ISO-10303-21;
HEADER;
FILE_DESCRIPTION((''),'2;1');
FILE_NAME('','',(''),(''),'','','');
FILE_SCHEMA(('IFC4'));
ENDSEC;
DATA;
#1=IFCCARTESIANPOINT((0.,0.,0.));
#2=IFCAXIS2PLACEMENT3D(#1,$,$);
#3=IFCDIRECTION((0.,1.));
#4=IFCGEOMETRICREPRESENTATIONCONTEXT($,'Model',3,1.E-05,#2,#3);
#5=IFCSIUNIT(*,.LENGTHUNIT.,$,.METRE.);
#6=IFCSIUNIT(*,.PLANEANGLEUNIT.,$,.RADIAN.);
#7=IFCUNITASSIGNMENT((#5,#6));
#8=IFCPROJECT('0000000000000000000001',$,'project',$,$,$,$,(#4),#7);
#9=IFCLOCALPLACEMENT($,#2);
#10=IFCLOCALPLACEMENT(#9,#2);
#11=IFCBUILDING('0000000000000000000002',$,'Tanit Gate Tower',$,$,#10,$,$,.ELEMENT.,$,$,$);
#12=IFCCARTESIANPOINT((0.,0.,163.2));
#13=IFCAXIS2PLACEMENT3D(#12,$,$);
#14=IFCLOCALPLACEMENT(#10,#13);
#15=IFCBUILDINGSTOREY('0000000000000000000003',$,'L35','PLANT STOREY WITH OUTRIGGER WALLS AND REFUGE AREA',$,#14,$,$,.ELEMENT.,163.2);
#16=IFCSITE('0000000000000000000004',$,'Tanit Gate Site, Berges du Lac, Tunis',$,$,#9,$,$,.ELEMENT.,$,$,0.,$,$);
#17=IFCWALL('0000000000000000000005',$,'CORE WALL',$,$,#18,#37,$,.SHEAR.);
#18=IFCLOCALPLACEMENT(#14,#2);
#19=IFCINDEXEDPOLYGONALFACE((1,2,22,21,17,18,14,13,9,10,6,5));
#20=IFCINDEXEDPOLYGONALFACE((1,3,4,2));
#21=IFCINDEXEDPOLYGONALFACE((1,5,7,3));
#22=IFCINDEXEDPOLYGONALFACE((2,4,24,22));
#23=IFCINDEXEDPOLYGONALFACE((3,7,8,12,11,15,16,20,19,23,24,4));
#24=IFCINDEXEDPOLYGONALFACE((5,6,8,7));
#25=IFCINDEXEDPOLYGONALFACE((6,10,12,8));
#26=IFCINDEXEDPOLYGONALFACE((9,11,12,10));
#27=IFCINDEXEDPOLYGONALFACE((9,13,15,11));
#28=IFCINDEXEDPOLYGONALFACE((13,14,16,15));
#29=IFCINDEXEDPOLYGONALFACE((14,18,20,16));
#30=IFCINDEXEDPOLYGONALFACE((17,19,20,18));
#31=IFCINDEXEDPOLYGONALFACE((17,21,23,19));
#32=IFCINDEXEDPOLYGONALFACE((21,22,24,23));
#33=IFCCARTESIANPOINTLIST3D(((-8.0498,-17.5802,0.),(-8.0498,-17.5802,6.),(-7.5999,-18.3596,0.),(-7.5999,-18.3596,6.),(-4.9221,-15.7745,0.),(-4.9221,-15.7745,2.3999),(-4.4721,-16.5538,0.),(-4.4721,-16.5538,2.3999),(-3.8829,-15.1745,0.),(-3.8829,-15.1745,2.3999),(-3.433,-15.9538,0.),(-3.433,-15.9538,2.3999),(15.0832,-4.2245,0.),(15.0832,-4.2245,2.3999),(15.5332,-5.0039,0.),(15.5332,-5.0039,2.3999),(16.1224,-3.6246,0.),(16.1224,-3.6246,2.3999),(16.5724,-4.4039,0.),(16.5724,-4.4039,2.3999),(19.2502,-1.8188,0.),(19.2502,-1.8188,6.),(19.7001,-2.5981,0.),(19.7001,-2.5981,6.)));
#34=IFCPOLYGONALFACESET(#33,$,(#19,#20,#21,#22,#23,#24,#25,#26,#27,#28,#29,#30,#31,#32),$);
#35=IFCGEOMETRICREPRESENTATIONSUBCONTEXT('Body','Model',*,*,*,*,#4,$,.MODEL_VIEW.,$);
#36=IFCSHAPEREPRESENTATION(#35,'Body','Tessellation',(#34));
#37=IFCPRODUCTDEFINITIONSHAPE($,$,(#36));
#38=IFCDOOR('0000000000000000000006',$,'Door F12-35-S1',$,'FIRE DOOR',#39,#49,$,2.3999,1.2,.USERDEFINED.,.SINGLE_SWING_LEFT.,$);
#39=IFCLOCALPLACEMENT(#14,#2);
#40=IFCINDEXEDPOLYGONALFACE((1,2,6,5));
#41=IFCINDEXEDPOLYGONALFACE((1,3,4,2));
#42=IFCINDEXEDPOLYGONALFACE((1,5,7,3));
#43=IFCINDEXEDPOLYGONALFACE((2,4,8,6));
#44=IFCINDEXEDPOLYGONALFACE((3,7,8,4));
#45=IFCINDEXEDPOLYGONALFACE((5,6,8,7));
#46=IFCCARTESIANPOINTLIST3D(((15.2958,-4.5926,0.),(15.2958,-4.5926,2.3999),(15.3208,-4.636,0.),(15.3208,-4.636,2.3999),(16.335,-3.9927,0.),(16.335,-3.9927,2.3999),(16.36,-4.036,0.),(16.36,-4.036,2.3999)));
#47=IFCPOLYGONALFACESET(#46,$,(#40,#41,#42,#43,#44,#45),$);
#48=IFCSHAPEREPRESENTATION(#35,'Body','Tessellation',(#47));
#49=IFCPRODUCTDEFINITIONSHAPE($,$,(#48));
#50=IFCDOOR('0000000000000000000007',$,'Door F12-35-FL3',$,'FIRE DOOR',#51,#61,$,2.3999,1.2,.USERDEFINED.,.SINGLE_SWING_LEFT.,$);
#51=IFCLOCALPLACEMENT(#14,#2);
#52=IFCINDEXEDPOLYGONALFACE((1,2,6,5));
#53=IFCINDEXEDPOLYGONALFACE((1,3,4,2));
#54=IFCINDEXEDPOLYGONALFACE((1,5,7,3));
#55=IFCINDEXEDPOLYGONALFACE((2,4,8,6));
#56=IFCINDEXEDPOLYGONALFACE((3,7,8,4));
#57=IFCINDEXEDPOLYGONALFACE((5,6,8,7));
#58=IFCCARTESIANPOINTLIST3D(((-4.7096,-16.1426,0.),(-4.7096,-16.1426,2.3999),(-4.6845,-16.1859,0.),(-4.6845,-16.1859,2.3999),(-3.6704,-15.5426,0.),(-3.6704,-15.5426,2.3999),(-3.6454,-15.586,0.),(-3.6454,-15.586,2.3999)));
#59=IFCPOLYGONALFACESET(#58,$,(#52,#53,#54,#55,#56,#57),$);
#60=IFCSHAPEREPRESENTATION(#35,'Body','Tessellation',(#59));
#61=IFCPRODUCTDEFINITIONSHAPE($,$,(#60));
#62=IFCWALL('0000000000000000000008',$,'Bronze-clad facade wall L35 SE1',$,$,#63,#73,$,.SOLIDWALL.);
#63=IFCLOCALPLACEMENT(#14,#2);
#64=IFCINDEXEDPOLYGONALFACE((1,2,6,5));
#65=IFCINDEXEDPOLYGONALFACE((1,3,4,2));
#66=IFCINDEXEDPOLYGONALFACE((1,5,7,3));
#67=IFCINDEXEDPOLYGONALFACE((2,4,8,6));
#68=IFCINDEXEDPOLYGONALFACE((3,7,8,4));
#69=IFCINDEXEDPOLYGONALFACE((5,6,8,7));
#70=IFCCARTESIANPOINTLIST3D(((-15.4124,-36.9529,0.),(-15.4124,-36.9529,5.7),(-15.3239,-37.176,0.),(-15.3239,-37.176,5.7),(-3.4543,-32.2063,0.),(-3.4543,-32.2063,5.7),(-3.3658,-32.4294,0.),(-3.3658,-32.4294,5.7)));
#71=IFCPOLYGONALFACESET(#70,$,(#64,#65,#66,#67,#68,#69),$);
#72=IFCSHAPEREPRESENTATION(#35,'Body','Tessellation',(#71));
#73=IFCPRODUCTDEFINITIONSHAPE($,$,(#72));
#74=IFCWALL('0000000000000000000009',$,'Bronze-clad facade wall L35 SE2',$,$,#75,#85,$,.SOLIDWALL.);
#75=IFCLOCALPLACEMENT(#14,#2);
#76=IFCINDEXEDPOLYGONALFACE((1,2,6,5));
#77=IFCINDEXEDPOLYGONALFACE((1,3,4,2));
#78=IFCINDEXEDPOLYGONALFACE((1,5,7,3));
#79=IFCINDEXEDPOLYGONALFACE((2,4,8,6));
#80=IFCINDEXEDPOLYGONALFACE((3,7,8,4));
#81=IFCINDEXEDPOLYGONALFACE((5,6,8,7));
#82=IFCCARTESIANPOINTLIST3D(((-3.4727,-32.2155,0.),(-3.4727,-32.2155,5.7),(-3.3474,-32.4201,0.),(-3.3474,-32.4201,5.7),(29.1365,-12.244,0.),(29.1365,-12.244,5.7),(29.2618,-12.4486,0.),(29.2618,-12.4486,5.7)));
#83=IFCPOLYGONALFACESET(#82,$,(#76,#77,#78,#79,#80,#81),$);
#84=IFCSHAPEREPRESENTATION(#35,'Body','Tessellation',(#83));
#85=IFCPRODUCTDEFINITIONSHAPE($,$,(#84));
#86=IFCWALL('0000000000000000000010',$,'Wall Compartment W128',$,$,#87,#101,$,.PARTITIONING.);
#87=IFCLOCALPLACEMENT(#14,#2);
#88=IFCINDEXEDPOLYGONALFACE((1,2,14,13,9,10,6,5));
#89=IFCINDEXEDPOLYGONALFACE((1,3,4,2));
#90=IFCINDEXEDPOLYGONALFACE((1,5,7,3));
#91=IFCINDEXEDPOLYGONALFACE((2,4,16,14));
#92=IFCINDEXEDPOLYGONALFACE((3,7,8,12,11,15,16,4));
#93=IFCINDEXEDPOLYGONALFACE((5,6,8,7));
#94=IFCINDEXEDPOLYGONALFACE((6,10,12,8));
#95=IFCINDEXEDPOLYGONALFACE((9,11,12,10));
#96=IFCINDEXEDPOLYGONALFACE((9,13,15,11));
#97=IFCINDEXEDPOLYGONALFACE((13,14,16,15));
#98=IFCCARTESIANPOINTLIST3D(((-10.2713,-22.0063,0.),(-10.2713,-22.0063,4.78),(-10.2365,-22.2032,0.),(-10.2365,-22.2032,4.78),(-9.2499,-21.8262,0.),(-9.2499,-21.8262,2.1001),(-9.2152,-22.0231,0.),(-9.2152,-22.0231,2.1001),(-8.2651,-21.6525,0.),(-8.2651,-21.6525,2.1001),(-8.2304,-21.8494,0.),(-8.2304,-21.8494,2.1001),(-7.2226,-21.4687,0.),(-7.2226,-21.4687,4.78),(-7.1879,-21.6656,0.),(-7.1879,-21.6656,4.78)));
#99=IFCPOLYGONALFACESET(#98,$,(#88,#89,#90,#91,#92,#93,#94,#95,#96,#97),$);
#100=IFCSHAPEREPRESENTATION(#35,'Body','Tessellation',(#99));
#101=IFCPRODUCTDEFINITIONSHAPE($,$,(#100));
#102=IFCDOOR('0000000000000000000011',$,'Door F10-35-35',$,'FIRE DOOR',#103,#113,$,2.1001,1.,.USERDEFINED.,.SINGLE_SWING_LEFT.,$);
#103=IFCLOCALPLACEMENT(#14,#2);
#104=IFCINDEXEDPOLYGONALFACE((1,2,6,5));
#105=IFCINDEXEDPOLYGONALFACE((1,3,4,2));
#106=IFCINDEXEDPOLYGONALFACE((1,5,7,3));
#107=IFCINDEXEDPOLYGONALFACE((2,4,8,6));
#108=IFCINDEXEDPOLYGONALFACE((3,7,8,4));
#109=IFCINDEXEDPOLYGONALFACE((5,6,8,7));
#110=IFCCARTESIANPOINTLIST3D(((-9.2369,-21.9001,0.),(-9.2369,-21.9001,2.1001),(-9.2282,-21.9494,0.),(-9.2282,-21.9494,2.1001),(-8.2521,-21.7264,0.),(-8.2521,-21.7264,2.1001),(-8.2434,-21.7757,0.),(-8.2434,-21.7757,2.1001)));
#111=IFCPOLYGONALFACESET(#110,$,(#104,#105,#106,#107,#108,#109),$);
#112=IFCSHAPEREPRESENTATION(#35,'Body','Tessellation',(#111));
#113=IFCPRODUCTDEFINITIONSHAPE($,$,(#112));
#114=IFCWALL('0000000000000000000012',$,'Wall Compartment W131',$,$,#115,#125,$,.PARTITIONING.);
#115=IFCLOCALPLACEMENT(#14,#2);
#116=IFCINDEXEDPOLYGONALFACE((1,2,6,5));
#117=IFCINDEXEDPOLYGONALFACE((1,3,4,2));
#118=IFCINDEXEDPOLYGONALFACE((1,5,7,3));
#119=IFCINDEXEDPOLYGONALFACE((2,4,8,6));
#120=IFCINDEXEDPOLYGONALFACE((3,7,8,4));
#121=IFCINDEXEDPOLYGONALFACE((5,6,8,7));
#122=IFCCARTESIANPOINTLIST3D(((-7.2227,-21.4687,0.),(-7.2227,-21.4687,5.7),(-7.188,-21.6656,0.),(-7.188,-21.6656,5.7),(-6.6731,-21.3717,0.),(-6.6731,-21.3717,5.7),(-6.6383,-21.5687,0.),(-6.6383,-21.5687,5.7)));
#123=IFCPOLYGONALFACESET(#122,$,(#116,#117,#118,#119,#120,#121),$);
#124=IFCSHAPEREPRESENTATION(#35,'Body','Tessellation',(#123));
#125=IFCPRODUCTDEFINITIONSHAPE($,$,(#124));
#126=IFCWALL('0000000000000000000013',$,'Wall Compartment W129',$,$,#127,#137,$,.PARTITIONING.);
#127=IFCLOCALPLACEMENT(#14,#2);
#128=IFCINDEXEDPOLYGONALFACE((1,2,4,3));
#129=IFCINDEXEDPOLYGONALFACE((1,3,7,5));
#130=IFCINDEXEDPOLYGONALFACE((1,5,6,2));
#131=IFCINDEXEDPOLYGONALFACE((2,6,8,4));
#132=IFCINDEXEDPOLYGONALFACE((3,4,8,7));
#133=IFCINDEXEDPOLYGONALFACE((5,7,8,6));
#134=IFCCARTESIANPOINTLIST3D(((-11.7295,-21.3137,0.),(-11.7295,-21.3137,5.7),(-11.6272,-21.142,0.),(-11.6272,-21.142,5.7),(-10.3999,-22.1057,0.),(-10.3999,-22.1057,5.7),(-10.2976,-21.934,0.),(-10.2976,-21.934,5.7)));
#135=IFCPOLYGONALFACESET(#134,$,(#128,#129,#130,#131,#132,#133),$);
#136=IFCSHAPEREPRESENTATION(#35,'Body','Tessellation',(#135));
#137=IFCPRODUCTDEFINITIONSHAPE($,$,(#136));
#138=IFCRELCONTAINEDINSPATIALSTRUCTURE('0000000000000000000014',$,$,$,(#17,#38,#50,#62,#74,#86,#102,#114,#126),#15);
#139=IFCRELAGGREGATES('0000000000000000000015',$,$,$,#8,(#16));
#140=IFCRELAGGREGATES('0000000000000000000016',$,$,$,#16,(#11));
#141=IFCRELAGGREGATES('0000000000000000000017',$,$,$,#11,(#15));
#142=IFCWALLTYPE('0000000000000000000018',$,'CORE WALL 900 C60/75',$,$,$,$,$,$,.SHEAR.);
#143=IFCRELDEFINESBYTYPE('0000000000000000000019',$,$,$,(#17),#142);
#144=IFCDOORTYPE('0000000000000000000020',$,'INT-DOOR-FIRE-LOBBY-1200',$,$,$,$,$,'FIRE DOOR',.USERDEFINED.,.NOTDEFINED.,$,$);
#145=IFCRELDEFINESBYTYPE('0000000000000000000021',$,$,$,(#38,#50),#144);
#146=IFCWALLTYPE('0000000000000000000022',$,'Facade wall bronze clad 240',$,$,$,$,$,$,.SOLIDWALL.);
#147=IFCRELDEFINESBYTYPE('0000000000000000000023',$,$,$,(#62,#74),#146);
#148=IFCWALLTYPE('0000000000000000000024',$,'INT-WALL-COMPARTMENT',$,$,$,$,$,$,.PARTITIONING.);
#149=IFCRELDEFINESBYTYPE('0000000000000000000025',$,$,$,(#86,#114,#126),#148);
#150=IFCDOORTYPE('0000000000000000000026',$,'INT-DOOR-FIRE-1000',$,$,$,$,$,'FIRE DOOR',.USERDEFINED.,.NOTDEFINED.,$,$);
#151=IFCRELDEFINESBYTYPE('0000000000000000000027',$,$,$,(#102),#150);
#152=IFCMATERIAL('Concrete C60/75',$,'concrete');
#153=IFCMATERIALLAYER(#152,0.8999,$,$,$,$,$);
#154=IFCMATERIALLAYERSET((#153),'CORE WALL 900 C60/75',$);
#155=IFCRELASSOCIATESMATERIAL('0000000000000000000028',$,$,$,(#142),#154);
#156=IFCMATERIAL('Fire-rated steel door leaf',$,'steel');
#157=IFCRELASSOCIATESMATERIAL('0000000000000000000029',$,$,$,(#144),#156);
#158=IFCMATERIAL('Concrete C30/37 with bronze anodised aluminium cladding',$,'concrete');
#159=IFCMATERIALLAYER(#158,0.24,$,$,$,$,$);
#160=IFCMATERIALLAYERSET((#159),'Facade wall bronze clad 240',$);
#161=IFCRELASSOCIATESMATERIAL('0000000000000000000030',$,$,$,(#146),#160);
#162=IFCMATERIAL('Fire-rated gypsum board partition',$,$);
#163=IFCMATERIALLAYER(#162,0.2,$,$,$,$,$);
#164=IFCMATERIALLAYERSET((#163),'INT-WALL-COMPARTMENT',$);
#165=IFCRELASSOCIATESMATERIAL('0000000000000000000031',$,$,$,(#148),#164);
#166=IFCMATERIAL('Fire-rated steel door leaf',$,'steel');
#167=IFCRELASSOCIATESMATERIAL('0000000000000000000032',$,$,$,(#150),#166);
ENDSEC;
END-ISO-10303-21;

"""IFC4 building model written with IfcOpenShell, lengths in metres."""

from ifc_helpers import new_model, si_unit, direction, frame, frame_2d, origin, place, context, subcontext, project, spatial, rectangle, extrude, material, layer, layer_set, type_object, element, fill, save


model = new_model("IFC4")

# Units and contexts
model_context = context("Model", 3, precision=1e-05, world=origin(), true_north=direction((0.0, 1.0)))
body_context = subcontext(model_context, "Body", "Model", "MODEL_VIEW")
ifc_project = project(units=[si_unit("LENGTHUNIT", "METRE"), si_unit("PLANEANGLEUNIT", "RADIAN")], contexts=[model_context])

# Site, building, storey
site_placement = place(None, origin())
site = spatial("IfcSite", under=ifc_project, at=site_placement, Name="Tanit Gate Site, Berges du Lac, Tunis", CompositionType="ELEMENT", RefElevation=0.0)
building_placement = place(site_placement, origin())
building = spatial("IfcBuilding", under=site, at=building_placement, Name="Tanit Gate Tower", CompositionType="ELEMENT")
storey_placement = place(building_placement, frame((0.0, 0.0, 163.2)))
storey = spatial("IfcBuildingStorey", under=building, at=storey_placement, Name="L35", Description="PLANT STOREY WITH OUTRIGGER WALLS AND REFUGE AREA", CompositionType="ELEMENT", Elevation=163.2)

# Wall, openings, doors
ifc_material_1 = material(Name="Concrete C60/75", Category="concrete")
ifc_layer_1 = layer(ifc_material_1, 0.8999)
ifc_layer_set_1 = layer_set([ifc_layer_1], Name="CORE WALL 900 C60/75")
wall_type_1 = type_object("IfcWallType", Name="CORE WALL 900 C60/75", PredefinedType="SHEAR", material=ifc_layer_set_1)
wall_1_placement = place(storey_placement, frame((-7.825, -17.97, 0.0), z_axis=(0.0, 0.0, 1.0), x_axis=(0.866028, 0.499995, 0.0)))
wall_1 = element("IfcWall", 1, at=wall_1_placement, inside=storey, type_object=wall_type_1, Name="CORE WALL", PredefinedType="SHEAR", context=body_context, shape_type="SweptSolid", body=[
    extrude(rectangle(XDim=31.5232, YDim=0.8999, at=frame_2d((15.7617, 0.0))), origin(), (0.0, 0.0, 1.0), 6.0),
])
opening_1_placement = place(wall_1_placement, frame((26.7117, 0.0, 0.0)))
opening_1 = element("IfcOpeningElement", 2, at=opening_1_placement, cuts=wall_1, PredefinedType="OPENING", context=body_context, shape_type="SweptSolid", body=[
    extrude(rectangle(XDim=1.2, YDim=2.3999, at=frame_2d((0.6001, 1.2))), frame((0.0, 0.46, 0.0), z_axis=(0.0, -1.0, 0.0), x_axis=(1.0, 0.0, 0.0)), (0.0, 0.0, 1.0), 0.9199),
])
opening_2_placement = place(wall_1_placement, frame((3.6116, 0.0, 0.0)))
opening_2 = element("IfcOpeningElement", 3, at=opening_2_placement, cuts=wall_1, PredefinedType="OPENING", context=body_context, shape_type="SweptSolid", body=[
    extrude(rectangle(XDim=1.2, YDim=2.3999, at=frame_2d((0.6001, 1.2))), frame((0.0, 0.46, 0.0), z_axis=(0.0, -1.0, 0.0), x_axis=(1.0, 0.0, 0.0)), (0.0, 0.0, 1.0), 0.9199),
])
ifc_material_2 = material(Name="Fire-rated steel door leaf", Category="steel")
door_type_1 = type_object("IfcDoorType", Name="INT-DOOR-FIRE-LOBBY-1200", ElementType="FIRE DOOR", OperationType="NOTDEFINED", PredefinedType="USERDEFINED", material=ifc_material_2)
door_1_placement = place(opening_1_placement, origin())
door_1 = element("IfcDoor", 4, at=door_1_placement, inside=storey, type_object=door_type_1, Name="Door F12-35-S1", ObjectType="FIRE DOOR", OperationType="SINGLE_SWING_LEFT", OverallHeight=2.3999, OverallWidth=1.2, PredefinedType="USERDEFINED", context=body_context, shape_type="SweptSolid", body=[
    extrude(rectangle(XDim=1.2, YDim=2.3999, at=frame_2d((0.6001, 1.2))), frame((0.0, 0.0249, 0.0), z_axis=(0.0, -1.0, 0.0), x_axis=(1.0, 0.0, 0.0)), (0.0, 0.0, 1.0), 0.05),
])
fill(opening_1, door_1)
door_2_placement = place(opening_2_placement, origin())
door_2 = element("IfcDoor", 5, at=door_2_placement, inside=storey, type_object=door_type_1, Name="Door F12-35-FL3", ObjectType="FIRE DOOR", OperationType="SINGLE_SWING_LEFT", OverallHeight=2.3999, OverallWidth=1.2, PredefinedType="USERDEFINED", context=body_context, shape_type="SweptSolid", body=[
    extrude(rectangle(XDim=1.2, YDim=2.3999, at=frame_2d((0.6001, 1.2))), frame((0.0, 0.0249, 0.0), z_axis=(0.0, -1.0, 0.0), x_axis=(1.0, 0.0, 0.0)), (0.0, 0.0, 1.0), 0.05),
])
fill(opening_2, door_2)

# Walls
ifc_material_3 = material(Name="Concrete C30/37 with bronze anodised aluminium cladding", Category="concrete")
ifc_layer_2 = layer(ifc_material_3, 0.24)
ifc_layer_set_2 = layer_set([ifc_layer_2], Name="Facade wall bronze clad 240")
wall_type_2 = type_object("IfcWallType", Name="Facade wall bronze clad 240", PredefinedType="SOLIDWALL", material=ifc_layer_set_2)
wall_2_placement = place(storey_placement, frame((-15.3682, -37.0645, 0.0), z_axis=(0.0, 0.0, 1.0), x_axis=(0.929455, 0.368936, 0.0)))
element("IfcWall", 6, at=wall_2_placement, inside=storey, type_object=wall_type_2, Name="Bronze-clad facade wall L35 SE1", PredefinedType="SOLIDWALL", context=body_context, shape_type="SweptSolid", body=[
    extrude(rectangle(XDim=12.8657, YDim=0.24, at=frame_2d((6.4329, 0.0))), origin(), (0.0, 0.0, 1.0), 5.7),
])
wall_3_placement = place(storey_placement, frame((-3.4102, -32.3179, 0.0), z_axis=(0.0, 0.0, 1.0), x_axis=(0.852774, 0.522281, 0.0)))
element("IfcWall", 7, at=wall_3_placement, inside=storey, type_object=wall_type_2, Name="Bronze-clad facade wall L35 SE2", PredefinedType="SOLIDWALL", context=body_context, shape_type="SweptSolid", body=[
    extrude(rectangle(XDim=38.239, YDim=0.24, at=frame_2d((19.1196, 0.0))), origin(), (0.0, 0.0, 1.0), 5.7),
])

# Wall, opening, door
ifc_material_4 = material(Name="Fire-rated gypsum board partition")
ifc_layer_3 = layer(ifc_material_4, 0.2)
ifc_layer_set_3 = layer_set([ifc_layer_3], Name="INT-WALL-COMPARTMENT")
wall_type_3 = type_object("IfcWallType", Name="INT-WALL-COMPARTMENT", PredefinedType="PARTITIONING", material=ifc_layer_set_3)
wall_4_placement = place(storey_placement, frame((-10.2539, -22.1047, 0.0), z_axis=(0.0, 0.0, 1.0), x_axis=(0.984805, 0.173664, 0.0)))
wall_4 = element("IfcWall", 8, at=wall_4_placement, inside=storey, type_object=wall_type_3, Name="Wall Compartment W128", PredefinedType="PARTITIONING", context=body_context, shape_type="SweptSolid", body=[
    extrude(rectangle(XDim=3.0957, YDim=0.2, at=frame_2d((1.5479, 0.0))), origin(), (0.0, 0.0, 1.0), 4.78),
])
opening_3_placement = place(wall_4_placement, frame((1.0371, 0.0, 0.0)))
opening_3 = element("IfcOpeningElement", 9, at=opening_3_placement, cuts=wall_4, PredefinedType="OPENING", context=body_context, shape_type="SweptSolid", body=[
    extrude(rectangle(XDim=1.0, YDim=2.1001, at=frame_2d((0.5, 1.05))), frame((0.0, 0.1099, 0.0), z_axis=(0.0, -1.0, 0.0), x_axis=(1.0, 0.0, 0.0)), (0.0, 0.0, 1.0), 0.22),
])
ifc_material_5 = material(Name="Fire-rated steel door leaf", Category="steel")
door_type_2 = type_object("IfcDoorType", Name="INT-DOOR-FIRE-1000", ElementType="FIRE DOOR", OperationType="NOTDEFINED", PredefinedType="USERDEFINED", material=ifc_material_5)
door_3_placement = place(opening_3_placement, origin())
door_3 = element("IfcDoor", 10, at=door_3_placement, inside=storey, type_object=door_type_2, Name="Door F10-35-35", ObjectType="FIRE DOOR", OperationType="SINGLE_SWING_LEFT", OverallHeight=2.1001, OverallWidth=1.0, PredefinedType="USERDEFINED", context=body_context, shape_type="SweptSolid", body=[
    extrude(rectangle(XDim=1.0, YDim=2.1001, at=frame_2d((0.5, 1.05))), frame((0.0, 0.0249, 0.0), z_axis=(0.0, -1.0, 0.0), x_axis=(1.0, 0.0, 0.0)), (0.0, 0.0, 1.0), 0.05),
])
fill(opening_3, door_3)

# Walls
wall_5_placement = place(storey_placement, frame((-7.2053, -21.5671, 0.0), z_axis=(0.0, 0.0, 1.0), x_axis=(0.984801, 0.173686, 0.0)))
element("IfcWall", 11, at=wall_5_placement, inside=storey, type_object=wall_type_3, Name="Wall Compartment W131", PredefinedType="PARTITIONING", context=body_context, shape_type="SweptSolid", body=[
    extrude(rectangle(XDim=0.5581, YDim=0.2, at=frame_2d((0.2791, 0.0))), origin(), (0.0, 0.0, 1.0), 5.7),
])
wall_6_placement = place(storey_placement, frame((-11.6785, -21.2278, 0.0), z_axis=(0.0, 0.0, 1.0), x_axis=(0.859131, -0.511756, 0.0)))
element("IfcWall", 12, at=wall_6_placement, inside=storey, type_object=wall_type_3, Name="Wall Compartment W129", PredefinedType="PARTITIONING", context=body_context, shape_type="SweptSolid", body=[
    extrude(rectangle(XDim=1.5476, YDim=0.2, at=frame_2d((0.7739, 0.0))), origin(), (0.0, 0.0, 1.0), 5.7),
])

save(model, "model.ifc")
